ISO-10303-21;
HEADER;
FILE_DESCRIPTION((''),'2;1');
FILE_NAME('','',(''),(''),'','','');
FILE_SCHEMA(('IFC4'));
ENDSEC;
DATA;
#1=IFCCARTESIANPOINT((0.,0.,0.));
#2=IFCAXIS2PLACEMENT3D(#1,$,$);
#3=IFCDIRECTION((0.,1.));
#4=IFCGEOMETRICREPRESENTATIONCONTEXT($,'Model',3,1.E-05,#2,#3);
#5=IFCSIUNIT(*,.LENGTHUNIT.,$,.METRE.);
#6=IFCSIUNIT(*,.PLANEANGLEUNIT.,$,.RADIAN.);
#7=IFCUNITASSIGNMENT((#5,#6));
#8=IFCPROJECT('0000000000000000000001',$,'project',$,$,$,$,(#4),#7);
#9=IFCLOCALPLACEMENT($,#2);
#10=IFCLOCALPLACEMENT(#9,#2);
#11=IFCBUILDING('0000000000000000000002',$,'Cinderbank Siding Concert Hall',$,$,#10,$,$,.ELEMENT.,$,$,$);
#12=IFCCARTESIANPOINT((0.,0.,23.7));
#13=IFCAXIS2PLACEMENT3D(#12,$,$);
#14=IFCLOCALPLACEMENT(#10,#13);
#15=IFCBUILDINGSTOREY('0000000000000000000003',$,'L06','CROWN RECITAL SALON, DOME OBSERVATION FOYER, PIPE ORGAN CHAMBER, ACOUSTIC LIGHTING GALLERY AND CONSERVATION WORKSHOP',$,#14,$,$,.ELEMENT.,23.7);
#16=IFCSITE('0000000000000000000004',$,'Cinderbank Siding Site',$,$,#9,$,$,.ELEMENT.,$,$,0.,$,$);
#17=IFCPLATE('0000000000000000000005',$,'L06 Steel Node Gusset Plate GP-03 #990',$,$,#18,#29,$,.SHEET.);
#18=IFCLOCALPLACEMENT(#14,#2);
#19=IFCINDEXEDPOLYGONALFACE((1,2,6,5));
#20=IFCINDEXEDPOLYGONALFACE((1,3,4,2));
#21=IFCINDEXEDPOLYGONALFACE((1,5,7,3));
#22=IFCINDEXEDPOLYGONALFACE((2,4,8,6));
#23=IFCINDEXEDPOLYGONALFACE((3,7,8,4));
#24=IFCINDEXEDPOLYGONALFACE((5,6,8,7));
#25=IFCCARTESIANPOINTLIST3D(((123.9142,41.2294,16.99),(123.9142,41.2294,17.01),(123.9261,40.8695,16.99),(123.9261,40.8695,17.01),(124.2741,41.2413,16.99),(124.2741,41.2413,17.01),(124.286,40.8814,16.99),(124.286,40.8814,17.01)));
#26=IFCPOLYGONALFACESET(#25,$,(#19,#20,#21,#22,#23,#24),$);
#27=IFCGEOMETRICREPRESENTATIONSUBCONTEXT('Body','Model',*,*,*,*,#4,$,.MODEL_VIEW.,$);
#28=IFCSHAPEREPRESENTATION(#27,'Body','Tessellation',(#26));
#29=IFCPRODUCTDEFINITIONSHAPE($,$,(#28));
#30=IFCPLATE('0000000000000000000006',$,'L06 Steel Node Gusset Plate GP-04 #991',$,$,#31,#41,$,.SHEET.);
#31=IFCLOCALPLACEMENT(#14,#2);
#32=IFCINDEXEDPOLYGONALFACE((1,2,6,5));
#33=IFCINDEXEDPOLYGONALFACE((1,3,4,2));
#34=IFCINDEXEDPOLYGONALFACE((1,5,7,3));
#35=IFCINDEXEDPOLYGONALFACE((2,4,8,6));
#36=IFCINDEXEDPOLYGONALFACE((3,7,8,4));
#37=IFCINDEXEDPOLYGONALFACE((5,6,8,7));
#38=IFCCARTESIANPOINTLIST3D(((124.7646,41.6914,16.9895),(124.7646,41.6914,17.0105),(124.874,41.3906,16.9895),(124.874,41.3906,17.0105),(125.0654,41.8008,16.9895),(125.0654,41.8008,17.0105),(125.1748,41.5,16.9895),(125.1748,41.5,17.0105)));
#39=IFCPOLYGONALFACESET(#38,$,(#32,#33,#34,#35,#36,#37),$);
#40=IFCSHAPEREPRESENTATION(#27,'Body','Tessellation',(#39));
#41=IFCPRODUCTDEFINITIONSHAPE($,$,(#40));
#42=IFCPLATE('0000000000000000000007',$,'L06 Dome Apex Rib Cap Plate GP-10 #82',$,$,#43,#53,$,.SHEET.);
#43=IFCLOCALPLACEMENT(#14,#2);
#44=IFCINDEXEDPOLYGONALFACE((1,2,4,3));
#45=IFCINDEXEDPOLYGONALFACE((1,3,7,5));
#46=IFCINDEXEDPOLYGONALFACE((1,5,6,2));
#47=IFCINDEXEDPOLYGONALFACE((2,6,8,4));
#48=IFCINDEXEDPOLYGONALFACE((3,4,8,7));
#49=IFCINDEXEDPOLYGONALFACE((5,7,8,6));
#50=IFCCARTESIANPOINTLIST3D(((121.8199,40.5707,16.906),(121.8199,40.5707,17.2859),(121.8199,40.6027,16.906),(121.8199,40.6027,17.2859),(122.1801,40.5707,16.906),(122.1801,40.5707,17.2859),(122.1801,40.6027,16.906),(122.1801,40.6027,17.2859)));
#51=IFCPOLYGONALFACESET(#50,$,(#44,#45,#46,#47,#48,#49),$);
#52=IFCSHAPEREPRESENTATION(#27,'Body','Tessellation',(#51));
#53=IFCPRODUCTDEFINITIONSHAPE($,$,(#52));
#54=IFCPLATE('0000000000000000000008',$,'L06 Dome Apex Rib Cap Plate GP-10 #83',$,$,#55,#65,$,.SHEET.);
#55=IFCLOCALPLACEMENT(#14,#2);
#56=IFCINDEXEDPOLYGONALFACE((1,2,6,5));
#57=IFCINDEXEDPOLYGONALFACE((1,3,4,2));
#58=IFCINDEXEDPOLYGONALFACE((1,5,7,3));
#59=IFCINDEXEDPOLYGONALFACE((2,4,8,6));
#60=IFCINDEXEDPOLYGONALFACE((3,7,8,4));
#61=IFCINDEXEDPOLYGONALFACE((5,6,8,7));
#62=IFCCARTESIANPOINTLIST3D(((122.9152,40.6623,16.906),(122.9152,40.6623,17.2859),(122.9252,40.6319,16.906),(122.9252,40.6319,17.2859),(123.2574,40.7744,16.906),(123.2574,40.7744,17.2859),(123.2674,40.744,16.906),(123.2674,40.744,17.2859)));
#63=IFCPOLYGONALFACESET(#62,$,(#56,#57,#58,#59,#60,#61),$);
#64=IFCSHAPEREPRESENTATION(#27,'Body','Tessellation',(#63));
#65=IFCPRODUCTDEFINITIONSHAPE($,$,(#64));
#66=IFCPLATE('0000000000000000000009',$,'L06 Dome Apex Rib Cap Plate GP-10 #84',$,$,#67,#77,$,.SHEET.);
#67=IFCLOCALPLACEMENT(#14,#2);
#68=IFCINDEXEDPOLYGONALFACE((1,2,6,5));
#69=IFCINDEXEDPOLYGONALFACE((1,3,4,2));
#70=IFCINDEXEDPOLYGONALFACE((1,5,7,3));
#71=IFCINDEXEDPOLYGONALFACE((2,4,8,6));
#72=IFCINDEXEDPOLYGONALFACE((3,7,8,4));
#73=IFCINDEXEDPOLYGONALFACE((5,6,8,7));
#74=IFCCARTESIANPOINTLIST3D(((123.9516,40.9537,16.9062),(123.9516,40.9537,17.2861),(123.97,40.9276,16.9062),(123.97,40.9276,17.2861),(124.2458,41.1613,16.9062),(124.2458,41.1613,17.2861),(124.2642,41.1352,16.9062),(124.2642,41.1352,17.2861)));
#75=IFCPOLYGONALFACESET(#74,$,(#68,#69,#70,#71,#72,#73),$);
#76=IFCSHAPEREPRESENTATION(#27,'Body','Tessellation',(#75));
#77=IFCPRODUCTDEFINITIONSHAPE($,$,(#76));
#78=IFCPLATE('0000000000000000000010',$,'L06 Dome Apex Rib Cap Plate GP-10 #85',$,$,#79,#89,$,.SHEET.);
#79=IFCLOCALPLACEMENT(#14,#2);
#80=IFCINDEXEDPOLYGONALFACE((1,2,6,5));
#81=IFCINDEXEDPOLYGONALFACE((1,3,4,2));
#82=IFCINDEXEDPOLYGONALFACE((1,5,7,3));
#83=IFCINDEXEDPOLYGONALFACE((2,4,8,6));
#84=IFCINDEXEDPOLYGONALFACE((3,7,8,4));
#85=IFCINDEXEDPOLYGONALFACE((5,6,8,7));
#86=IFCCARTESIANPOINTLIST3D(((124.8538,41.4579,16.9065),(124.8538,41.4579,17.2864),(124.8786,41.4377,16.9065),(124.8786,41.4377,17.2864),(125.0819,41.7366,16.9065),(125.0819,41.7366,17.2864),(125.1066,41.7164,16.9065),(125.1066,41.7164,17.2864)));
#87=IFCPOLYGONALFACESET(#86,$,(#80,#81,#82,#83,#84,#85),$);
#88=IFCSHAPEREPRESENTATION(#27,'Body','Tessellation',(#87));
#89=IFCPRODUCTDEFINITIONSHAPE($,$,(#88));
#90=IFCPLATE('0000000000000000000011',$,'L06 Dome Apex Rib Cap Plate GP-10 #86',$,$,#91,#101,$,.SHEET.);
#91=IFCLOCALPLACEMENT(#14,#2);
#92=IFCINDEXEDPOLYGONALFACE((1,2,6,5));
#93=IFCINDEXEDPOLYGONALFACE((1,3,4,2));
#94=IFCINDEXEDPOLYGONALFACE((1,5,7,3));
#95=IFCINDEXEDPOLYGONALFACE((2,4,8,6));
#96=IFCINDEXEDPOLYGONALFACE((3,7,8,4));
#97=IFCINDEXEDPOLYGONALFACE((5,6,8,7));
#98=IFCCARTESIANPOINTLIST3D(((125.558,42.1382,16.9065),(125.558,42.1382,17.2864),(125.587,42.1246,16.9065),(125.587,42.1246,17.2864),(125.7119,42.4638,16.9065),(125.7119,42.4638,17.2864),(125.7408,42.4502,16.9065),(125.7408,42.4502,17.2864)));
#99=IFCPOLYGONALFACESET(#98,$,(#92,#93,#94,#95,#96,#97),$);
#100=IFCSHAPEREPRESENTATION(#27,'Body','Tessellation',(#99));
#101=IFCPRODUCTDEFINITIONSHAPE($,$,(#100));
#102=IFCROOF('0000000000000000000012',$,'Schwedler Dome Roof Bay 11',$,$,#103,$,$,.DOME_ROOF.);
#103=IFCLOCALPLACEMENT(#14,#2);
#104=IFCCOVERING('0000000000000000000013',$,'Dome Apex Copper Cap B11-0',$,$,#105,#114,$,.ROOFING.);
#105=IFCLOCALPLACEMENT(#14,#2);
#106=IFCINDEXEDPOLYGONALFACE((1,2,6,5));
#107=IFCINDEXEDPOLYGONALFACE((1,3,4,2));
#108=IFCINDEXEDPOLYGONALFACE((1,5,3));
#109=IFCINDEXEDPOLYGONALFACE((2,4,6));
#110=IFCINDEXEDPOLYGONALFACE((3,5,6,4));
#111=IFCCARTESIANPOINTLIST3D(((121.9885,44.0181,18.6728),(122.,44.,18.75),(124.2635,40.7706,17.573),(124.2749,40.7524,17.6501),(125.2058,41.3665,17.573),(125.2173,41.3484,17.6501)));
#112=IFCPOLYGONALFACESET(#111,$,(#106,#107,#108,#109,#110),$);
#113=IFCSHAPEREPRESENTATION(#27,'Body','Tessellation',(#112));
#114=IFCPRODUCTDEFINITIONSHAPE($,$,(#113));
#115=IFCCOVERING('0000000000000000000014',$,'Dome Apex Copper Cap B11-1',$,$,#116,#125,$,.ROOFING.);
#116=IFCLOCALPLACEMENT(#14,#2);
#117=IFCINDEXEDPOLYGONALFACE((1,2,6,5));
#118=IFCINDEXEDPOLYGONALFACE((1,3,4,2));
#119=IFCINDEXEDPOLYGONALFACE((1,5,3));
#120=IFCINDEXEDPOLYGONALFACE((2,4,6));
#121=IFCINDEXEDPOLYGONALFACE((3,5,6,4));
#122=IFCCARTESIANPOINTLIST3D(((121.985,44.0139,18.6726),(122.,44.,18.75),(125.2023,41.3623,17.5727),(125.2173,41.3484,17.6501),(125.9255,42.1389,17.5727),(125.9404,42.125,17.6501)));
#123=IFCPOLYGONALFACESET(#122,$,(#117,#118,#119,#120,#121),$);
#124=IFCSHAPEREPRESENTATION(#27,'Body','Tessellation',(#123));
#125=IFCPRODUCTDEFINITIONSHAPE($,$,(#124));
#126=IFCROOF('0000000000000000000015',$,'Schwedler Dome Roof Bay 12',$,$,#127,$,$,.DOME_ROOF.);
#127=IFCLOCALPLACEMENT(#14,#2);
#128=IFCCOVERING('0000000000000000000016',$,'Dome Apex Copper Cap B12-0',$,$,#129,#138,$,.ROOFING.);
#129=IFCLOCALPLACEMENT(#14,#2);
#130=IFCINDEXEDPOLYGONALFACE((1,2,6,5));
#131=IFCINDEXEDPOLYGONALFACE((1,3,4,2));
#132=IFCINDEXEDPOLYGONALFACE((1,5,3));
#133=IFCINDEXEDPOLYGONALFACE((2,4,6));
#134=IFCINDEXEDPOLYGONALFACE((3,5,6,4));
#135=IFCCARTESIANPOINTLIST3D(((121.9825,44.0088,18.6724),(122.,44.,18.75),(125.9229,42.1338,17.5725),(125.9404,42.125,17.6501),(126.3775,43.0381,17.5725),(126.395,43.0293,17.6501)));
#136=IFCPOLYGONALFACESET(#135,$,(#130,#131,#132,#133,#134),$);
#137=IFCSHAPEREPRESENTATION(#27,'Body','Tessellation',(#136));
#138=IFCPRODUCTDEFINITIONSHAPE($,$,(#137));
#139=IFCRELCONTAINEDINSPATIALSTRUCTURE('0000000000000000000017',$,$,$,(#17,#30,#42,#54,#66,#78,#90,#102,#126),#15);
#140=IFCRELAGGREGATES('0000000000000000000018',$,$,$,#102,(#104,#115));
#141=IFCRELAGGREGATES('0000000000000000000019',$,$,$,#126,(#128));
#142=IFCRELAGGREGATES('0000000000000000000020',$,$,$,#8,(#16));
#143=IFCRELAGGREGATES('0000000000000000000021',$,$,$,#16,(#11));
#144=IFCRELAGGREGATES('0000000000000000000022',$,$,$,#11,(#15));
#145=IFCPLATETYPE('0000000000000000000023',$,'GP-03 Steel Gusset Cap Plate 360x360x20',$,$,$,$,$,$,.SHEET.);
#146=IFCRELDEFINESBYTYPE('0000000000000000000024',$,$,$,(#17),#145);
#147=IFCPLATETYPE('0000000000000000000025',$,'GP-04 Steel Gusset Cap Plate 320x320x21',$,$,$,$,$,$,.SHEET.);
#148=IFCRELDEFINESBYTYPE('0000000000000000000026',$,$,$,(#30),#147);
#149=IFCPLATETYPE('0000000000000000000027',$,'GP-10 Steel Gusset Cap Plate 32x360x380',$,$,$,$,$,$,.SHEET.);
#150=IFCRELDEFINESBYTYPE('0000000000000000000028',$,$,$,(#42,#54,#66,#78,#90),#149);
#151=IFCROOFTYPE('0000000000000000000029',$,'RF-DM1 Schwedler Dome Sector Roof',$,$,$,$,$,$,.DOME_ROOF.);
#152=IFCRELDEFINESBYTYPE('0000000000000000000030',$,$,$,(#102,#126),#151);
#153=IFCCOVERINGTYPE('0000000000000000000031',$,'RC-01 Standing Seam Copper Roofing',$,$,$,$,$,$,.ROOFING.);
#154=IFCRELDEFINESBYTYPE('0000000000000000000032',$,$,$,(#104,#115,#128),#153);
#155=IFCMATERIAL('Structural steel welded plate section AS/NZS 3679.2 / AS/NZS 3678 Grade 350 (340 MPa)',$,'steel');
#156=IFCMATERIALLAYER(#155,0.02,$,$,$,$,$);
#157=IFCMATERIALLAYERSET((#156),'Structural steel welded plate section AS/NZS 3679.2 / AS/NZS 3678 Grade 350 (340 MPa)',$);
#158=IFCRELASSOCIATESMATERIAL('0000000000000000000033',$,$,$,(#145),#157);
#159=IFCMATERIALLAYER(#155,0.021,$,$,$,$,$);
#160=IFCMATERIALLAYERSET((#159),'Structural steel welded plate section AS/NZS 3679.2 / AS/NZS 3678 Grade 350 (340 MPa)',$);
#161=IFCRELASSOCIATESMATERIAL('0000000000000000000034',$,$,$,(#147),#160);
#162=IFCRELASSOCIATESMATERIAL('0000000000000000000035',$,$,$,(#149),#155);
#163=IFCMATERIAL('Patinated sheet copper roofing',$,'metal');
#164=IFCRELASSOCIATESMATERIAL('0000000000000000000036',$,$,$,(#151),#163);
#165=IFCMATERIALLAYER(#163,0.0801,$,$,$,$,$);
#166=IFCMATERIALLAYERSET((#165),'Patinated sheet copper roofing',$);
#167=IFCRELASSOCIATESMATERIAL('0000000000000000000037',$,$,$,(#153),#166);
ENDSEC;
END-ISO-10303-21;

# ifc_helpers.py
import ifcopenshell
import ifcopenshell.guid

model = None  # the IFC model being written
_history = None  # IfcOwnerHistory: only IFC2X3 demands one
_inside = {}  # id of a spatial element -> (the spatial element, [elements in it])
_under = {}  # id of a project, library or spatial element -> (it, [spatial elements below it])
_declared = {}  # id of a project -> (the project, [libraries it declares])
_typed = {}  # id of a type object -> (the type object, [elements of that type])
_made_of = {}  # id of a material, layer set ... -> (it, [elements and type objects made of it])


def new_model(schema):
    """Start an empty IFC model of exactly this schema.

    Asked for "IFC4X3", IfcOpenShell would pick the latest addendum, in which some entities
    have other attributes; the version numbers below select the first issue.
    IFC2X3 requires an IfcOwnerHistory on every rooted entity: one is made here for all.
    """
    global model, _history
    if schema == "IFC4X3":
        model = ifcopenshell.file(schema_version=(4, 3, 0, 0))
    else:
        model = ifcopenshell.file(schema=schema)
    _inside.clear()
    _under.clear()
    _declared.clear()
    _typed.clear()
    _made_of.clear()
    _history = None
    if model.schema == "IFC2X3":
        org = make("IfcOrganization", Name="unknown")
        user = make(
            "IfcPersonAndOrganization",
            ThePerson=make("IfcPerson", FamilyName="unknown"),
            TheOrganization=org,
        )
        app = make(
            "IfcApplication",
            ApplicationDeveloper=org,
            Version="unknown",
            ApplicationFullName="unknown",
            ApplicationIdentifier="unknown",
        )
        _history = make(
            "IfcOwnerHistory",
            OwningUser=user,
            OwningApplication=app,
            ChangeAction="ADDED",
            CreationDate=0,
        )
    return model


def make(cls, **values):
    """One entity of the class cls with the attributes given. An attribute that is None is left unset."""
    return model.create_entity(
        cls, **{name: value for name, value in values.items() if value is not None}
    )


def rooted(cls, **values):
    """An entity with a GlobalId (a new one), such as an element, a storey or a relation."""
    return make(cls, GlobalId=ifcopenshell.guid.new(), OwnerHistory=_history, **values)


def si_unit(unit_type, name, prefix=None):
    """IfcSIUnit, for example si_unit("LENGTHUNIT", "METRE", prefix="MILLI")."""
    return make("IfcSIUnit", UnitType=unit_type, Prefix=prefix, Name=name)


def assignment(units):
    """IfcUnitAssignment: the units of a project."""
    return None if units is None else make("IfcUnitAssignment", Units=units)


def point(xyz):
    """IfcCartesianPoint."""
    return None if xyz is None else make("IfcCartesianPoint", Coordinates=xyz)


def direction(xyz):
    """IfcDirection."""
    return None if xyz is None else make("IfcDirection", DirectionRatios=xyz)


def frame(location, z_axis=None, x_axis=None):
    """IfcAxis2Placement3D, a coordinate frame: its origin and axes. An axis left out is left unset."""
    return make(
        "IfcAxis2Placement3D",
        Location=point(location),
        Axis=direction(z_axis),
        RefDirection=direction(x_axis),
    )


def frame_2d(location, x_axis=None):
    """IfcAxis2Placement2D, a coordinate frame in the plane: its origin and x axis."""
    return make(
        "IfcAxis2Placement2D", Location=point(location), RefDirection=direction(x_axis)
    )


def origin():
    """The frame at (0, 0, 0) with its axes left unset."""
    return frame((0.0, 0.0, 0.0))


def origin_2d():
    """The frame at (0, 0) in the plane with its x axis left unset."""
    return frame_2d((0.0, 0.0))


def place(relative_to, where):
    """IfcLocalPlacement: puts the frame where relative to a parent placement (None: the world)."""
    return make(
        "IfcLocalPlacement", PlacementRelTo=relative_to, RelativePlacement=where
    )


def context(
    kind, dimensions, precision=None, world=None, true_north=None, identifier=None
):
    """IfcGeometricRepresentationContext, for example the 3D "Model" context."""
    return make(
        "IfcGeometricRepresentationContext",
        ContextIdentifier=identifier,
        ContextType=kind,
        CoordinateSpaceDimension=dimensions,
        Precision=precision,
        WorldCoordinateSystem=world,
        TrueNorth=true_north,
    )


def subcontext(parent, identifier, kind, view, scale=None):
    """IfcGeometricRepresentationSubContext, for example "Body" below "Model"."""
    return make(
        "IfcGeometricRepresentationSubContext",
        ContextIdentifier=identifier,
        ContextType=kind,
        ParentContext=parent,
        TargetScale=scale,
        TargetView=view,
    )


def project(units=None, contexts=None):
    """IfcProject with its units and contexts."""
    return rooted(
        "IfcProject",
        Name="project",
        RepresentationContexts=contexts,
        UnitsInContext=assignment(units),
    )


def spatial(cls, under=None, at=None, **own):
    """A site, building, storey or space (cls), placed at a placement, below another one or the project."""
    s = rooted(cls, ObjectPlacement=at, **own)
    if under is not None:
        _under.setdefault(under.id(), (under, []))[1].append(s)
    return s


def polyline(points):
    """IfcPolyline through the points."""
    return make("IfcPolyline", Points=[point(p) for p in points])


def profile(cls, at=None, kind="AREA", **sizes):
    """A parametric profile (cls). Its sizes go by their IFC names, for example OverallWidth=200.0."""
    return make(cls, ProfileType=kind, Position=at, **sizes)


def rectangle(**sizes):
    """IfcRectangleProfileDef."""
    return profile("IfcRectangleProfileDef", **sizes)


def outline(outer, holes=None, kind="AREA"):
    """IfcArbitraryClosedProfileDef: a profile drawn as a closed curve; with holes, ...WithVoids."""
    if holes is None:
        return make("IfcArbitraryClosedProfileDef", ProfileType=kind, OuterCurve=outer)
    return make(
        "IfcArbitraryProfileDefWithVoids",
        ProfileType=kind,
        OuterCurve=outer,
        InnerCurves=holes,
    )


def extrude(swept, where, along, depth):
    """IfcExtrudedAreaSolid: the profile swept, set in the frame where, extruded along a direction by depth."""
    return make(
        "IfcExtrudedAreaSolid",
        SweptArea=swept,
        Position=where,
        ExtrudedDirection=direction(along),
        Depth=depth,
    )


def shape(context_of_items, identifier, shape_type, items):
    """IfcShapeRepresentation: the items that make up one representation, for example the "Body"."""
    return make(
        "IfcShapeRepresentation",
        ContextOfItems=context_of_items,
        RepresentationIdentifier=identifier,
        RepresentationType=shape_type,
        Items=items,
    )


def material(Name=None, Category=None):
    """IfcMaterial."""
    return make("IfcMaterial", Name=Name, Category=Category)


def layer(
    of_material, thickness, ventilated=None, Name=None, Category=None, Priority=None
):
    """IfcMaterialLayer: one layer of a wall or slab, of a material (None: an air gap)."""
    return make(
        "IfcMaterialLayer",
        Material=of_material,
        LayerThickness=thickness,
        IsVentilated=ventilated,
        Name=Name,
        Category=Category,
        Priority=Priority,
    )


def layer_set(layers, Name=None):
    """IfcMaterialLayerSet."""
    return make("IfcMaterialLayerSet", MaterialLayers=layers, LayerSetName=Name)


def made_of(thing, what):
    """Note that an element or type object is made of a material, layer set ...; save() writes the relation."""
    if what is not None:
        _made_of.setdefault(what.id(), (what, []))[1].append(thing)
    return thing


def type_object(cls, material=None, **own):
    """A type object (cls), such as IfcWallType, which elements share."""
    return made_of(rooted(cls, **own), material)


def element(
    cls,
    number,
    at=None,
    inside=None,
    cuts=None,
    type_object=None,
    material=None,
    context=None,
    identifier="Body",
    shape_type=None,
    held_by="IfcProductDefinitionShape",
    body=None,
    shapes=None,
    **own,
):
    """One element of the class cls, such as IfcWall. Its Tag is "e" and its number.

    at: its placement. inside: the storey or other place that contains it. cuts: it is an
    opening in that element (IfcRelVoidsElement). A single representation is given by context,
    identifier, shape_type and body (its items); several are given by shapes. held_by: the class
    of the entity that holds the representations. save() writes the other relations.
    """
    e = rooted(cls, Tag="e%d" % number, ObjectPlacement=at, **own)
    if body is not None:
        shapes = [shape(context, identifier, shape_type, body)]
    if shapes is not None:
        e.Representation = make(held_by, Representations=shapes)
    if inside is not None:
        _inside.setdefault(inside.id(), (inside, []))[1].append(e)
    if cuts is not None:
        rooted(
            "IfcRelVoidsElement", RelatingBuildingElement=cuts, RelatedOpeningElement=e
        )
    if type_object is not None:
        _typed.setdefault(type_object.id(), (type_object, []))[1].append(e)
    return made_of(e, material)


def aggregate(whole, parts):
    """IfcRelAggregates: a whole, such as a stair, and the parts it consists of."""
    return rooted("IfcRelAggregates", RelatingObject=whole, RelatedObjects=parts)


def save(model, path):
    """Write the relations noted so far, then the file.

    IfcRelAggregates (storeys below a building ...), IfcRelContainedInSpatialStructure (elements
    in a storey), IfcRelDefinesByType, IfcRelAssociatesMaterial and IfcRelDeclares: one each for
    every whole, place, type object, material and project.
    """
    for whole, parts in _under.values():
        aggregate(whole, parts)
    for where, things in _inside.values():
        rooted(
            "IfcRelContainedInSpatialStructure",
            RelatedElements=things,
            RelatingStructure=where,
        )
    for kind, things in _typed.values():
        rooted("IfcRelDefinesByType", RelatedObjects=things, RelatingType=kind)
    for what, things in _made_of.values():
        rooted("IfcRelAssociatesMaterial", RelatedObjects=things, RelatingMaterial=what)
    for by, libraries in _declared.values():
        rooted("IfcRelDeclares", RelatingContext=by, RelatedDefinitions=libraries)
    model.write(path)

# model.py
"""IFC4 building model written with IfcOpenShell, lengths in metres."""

from ifc_helpers import new_model, si_unit, direction, frame, origin, origin_2d, place, context, subcontext, project, spatial, polyline, rectangle, outline, extrude, material, layer, layer_set, type_object, element, aggregate, save


model = new_model("IFC4")

# Units and contexts
model_context = context("Model", 3, precision=1e-05, world=origin(), true_north=direction((0.0, 1.0)))
body_context = subcontext(model_context, "Body", "Model", "MODEL_VIEW")
ifc_project = project(units=[si_unit("LENGTHUNIT", "METRE"), si_unit("PLANEANGLEUNIT", "RADIAN")], contexts=[model_context])

# Site, building, storey
site_placement = place(None, origin())
site = spatial("IfcSite", under=ifc_project, at=site_placement, Name="Cinderbank Siding Site", CompositionType="ELEMENT", RefElevation=0.0)
building_placement = place(site_placement, origin())
building = spatial("IfcBuilding", under=site, at=building_placement, Name="Cinderbank Siding Concert Hall", CompositionType="ELEMENT")
storey_placement = place(building_placement, frame((0.0, 0.0, 23.7)))
storey = spatial("IfcBuildingStorey", under=building, at=storey_placement, Name="L06", Description="CROWN RECITAL SALON, DOME OBSERVATION FOYER, PIPE ORGAN CHAMBER, ACOUSTIC LIGHTING GALLERY AND CONSERVATION WORKSHOP", CompositionType="ELEMENT", Elevation=23.7)

# Plates
ifc_material_1 = material(Name="Structural steel welded plate section AS/NZS 3679.2 / AS/NZS 3678 Grade 350 (340 MPa)", Category="steel")
ifc_layer_1 = layer(ifc_material_1, 0.02)
ifc_layer_set_1 = layer_set([ifc_layer_1], Name="Structural steel welded plate section AS/NZS 3679.2 / AS/NZS 3678 Grade 350 (340 MPa)")
plate_type_1 = type_object("IfcPlateType", Name="GP-03 Steel Gusset Cap Plate 360x360x20", PredefinedType="SHEET", material=ifc_layer_set_1)
plate_1_placement = place(storey_placement, frame((124.1001, 41.0554, 16.99), z_axis=(0.0, 0.0, 1.0), x_axis=(-0.032981, 0.999456, 0.0)))
element("IfcPlate", 1, at=plate_1_placement, inside=storey, type_object=plate_type_1, Name="L06 Steel Node Gusset Plate GP-03 #990", PredefinedType="SHEET", context=body_context, shape_type="SweptSolid", body=[
    extrude(rectangle(XDim=0.3601, YDim=0.3601, at=origin_2d()), origin(), (0.0, 0.0, 1.0), 0.02),
])
ifc_layer_2 = layer(ifc_material_1, 0.021)
ifc_layer_set_2 = layer_set([ifc_layer_2], Name="Structural steel welded plate section AS/NZS 3679.2 / AS/NZS 3678 Grade 350 (340 MPa)")
plate_type_2 = type_object("IfcPlateType", Name="GP-04 Steel Gusset Cap Plate 320x320x21", PredefinedType="SHEET", material=ifc_layer_set_2)
plate_2_placement = place(storey_placement, frame((124.9697, 41.5957, 16.9895), z_axis=(0.0, 0.0, 1.0), x_axis=(-0.341692, 0.939812, 0.0)))
element("IfcPlate", 2, at=plate_2_placement, inside=storey, type_object=plate_type_2, Name="L06 Steel Node Gusset Plate GP-04 #991", PredefinedType="SHEET", context=body_context, shape_type="SweptSolid", body=[
    extrude(rectangle(XDim=0.3201, YDim=0.3201, at=origin_2d()), origin(), (0.0, 0.0, 1.0), 0.021),
])
plate_type_3 = type_object("IfcPlateType", Name="GP-10 Steel Gusset Cap Plate 32x360x380", PredefinedType="SHEET", material=ifc_material_1)
for number, where, z_axis, x_axis, name in (
    (3, (122.0, 40.5867, 16.906), (0.0, 0.0, 1.0), (0.0, 1.0, 0.0), "L06 Dome Apex Rib Cap Plate GP-10 #82"),
    (4, (123.0913, 40.7031, 16.906), (0.0, 0.0, 1.0), (-0.311174, 0.950353, 0.0), "L06 Dome Apex Rib Cap Plate GP-10 #83"),
    (5, (124.1079, 41.0444, 16.9062), (0.0, 0.0, 1.0), (-0.576575, 0.817044, 0.0), "L06 Dome Apex Rib Cap Plate GP-10 #84"),
    (6, (124.9802, 41.5872, 16.9065), (0.0, 0.0, 1.0), (-0.773951, 0.633246, 0.0), "L06 Dome Apex Rib Cap Plate GP-10 #85"),
    (7, (125.6494, 42.2942, 16.9065), (0.0, 0.0, 1.0), (-0.904157, 0.4272, 0.0), "L06 Dome Apex Rib Cap Plate GP-10 #86"),
):
    element("IfcPlate", number, at=place(storey_placement, frame(where, z_axis=z_axis, x_axis=x_axis)), inside=storey, type_object=plate_type_3, Name=name, PredefinedType="SHEET", context=body_context, shape_type="SweptSolid", body=[
        extrude(rectangle(XDim=0.032, YDim=0.3601, at=origin_2d()), origin(), (0.0, 0.0, 1.0), 0.3799),
    ])

# Roof, coverings
ifc_material_2 = material(Name="Patinated sheet copper roofing", Category="metal")
roof_type = type_object("IfcRoofType", Name="RF-DM1 Schwedler Dome Sector Roof", PredefinedType="DOME_ROOF", material=ifc_material_2)
roof_1_placement = place(storey_placement, origin())
roof_1 = element("IfcRoof", 8, at=roof_1_placement, inside=storey, type_object=roof_type, Name="Schwedler Dome Roof Bay 11", PredefinedType="DOME_ROOF")
ifc_layer_3 = layer(ifc_material_2, 0.0801)
ifc_layer_set_3 = layer_set([ifc_layer_3], Name="Patinated sheet copper roofing")
covering_type = type_object("IfcCoveringType", Name="RC-01 Standing Seam Copper Roofing", PredefinedType="ROOFING", material=ifc_layer_set_3)
covering_1_placement = place(storey_placement, frame((124.2749, 40.7524, 17.6501), z_axis=(0.14301, -0.226145, 0.963539), x_axis=(0.845182, 0.534479, 0.0)))
covering_1 = element("IfcCovering", 9, at=covering_1_placement, type_object=covering_type, Name="Dome Apex Copper Cap B11-0", PredefinedType="ROOFING", context=body_context, shape_type="SweptSolid", body=[
    extrude(outline(polyline([(0.0, 0.0), (1.115, 0.0), (-0.187, 4.1105), (0.0, 0.0)])), origin(), (0.0, 0.0, -1.0), 0.0801),
])
covering_2_placement = place(storey_placement, frame((125.2173, 41.3484, 17.6501), z_axis=(0.187, -0.174125, 0.966805), x_axis=(0.681465, 0.73185, 0.0)))
covering_2 = element("IfcCovering", 10, at=covering_2_placement, type_object=covering_type, Name="Dome Apex Copper Cap B11-1", PredefinedType="ROOFING", context=body_context, shape_type="SweptSolid", body=[
    extrude(outline(polyline([(0.0, 0.0), (1.0612, 0.0), (-0.2519, 4.3044), (0.0, 0.0)])), origin(), (0.0, 0.0, -1.0), 0.0801),
])
aggregate(roof_1, [covering_1, covering_2])

# Roof, covering
roof_2_placement = place(storey_placement, origin())
roof_2 = element("IfcRoof", 11, at=roof_2_placement, inside=storey, type_object=roof_type, Name="Schwedler Dome Roof Bay 12", PredefinedType="DOME_ROOF")
covering_3_placement = place(storey_placement, frame((125.9404, 42.125, 17.6501), z_axis=(0.218408, -0.109794, 0.969661), x_axis=(0.449142, 0.89346, 0.0)))
covering_3 = element("IfcCovering", 12, at=covering_3_placement, type_object=covering_type, Name="Dome Apex Copper Cap B12-0", PredefinedType="ROOFING", context=body_context, shape_type="SweptSolid", body=[
    extrude(outline(polyline([(0.0, 0.0), (1.0121, 0.0), (-0.0946, 4.4993), (0.0, 0.0)])), origin(), (0.0, 0.0, -1.0), 0.0801),
])
aggregate(roof_2, [covering_3])

save(model, "model.ifc")
